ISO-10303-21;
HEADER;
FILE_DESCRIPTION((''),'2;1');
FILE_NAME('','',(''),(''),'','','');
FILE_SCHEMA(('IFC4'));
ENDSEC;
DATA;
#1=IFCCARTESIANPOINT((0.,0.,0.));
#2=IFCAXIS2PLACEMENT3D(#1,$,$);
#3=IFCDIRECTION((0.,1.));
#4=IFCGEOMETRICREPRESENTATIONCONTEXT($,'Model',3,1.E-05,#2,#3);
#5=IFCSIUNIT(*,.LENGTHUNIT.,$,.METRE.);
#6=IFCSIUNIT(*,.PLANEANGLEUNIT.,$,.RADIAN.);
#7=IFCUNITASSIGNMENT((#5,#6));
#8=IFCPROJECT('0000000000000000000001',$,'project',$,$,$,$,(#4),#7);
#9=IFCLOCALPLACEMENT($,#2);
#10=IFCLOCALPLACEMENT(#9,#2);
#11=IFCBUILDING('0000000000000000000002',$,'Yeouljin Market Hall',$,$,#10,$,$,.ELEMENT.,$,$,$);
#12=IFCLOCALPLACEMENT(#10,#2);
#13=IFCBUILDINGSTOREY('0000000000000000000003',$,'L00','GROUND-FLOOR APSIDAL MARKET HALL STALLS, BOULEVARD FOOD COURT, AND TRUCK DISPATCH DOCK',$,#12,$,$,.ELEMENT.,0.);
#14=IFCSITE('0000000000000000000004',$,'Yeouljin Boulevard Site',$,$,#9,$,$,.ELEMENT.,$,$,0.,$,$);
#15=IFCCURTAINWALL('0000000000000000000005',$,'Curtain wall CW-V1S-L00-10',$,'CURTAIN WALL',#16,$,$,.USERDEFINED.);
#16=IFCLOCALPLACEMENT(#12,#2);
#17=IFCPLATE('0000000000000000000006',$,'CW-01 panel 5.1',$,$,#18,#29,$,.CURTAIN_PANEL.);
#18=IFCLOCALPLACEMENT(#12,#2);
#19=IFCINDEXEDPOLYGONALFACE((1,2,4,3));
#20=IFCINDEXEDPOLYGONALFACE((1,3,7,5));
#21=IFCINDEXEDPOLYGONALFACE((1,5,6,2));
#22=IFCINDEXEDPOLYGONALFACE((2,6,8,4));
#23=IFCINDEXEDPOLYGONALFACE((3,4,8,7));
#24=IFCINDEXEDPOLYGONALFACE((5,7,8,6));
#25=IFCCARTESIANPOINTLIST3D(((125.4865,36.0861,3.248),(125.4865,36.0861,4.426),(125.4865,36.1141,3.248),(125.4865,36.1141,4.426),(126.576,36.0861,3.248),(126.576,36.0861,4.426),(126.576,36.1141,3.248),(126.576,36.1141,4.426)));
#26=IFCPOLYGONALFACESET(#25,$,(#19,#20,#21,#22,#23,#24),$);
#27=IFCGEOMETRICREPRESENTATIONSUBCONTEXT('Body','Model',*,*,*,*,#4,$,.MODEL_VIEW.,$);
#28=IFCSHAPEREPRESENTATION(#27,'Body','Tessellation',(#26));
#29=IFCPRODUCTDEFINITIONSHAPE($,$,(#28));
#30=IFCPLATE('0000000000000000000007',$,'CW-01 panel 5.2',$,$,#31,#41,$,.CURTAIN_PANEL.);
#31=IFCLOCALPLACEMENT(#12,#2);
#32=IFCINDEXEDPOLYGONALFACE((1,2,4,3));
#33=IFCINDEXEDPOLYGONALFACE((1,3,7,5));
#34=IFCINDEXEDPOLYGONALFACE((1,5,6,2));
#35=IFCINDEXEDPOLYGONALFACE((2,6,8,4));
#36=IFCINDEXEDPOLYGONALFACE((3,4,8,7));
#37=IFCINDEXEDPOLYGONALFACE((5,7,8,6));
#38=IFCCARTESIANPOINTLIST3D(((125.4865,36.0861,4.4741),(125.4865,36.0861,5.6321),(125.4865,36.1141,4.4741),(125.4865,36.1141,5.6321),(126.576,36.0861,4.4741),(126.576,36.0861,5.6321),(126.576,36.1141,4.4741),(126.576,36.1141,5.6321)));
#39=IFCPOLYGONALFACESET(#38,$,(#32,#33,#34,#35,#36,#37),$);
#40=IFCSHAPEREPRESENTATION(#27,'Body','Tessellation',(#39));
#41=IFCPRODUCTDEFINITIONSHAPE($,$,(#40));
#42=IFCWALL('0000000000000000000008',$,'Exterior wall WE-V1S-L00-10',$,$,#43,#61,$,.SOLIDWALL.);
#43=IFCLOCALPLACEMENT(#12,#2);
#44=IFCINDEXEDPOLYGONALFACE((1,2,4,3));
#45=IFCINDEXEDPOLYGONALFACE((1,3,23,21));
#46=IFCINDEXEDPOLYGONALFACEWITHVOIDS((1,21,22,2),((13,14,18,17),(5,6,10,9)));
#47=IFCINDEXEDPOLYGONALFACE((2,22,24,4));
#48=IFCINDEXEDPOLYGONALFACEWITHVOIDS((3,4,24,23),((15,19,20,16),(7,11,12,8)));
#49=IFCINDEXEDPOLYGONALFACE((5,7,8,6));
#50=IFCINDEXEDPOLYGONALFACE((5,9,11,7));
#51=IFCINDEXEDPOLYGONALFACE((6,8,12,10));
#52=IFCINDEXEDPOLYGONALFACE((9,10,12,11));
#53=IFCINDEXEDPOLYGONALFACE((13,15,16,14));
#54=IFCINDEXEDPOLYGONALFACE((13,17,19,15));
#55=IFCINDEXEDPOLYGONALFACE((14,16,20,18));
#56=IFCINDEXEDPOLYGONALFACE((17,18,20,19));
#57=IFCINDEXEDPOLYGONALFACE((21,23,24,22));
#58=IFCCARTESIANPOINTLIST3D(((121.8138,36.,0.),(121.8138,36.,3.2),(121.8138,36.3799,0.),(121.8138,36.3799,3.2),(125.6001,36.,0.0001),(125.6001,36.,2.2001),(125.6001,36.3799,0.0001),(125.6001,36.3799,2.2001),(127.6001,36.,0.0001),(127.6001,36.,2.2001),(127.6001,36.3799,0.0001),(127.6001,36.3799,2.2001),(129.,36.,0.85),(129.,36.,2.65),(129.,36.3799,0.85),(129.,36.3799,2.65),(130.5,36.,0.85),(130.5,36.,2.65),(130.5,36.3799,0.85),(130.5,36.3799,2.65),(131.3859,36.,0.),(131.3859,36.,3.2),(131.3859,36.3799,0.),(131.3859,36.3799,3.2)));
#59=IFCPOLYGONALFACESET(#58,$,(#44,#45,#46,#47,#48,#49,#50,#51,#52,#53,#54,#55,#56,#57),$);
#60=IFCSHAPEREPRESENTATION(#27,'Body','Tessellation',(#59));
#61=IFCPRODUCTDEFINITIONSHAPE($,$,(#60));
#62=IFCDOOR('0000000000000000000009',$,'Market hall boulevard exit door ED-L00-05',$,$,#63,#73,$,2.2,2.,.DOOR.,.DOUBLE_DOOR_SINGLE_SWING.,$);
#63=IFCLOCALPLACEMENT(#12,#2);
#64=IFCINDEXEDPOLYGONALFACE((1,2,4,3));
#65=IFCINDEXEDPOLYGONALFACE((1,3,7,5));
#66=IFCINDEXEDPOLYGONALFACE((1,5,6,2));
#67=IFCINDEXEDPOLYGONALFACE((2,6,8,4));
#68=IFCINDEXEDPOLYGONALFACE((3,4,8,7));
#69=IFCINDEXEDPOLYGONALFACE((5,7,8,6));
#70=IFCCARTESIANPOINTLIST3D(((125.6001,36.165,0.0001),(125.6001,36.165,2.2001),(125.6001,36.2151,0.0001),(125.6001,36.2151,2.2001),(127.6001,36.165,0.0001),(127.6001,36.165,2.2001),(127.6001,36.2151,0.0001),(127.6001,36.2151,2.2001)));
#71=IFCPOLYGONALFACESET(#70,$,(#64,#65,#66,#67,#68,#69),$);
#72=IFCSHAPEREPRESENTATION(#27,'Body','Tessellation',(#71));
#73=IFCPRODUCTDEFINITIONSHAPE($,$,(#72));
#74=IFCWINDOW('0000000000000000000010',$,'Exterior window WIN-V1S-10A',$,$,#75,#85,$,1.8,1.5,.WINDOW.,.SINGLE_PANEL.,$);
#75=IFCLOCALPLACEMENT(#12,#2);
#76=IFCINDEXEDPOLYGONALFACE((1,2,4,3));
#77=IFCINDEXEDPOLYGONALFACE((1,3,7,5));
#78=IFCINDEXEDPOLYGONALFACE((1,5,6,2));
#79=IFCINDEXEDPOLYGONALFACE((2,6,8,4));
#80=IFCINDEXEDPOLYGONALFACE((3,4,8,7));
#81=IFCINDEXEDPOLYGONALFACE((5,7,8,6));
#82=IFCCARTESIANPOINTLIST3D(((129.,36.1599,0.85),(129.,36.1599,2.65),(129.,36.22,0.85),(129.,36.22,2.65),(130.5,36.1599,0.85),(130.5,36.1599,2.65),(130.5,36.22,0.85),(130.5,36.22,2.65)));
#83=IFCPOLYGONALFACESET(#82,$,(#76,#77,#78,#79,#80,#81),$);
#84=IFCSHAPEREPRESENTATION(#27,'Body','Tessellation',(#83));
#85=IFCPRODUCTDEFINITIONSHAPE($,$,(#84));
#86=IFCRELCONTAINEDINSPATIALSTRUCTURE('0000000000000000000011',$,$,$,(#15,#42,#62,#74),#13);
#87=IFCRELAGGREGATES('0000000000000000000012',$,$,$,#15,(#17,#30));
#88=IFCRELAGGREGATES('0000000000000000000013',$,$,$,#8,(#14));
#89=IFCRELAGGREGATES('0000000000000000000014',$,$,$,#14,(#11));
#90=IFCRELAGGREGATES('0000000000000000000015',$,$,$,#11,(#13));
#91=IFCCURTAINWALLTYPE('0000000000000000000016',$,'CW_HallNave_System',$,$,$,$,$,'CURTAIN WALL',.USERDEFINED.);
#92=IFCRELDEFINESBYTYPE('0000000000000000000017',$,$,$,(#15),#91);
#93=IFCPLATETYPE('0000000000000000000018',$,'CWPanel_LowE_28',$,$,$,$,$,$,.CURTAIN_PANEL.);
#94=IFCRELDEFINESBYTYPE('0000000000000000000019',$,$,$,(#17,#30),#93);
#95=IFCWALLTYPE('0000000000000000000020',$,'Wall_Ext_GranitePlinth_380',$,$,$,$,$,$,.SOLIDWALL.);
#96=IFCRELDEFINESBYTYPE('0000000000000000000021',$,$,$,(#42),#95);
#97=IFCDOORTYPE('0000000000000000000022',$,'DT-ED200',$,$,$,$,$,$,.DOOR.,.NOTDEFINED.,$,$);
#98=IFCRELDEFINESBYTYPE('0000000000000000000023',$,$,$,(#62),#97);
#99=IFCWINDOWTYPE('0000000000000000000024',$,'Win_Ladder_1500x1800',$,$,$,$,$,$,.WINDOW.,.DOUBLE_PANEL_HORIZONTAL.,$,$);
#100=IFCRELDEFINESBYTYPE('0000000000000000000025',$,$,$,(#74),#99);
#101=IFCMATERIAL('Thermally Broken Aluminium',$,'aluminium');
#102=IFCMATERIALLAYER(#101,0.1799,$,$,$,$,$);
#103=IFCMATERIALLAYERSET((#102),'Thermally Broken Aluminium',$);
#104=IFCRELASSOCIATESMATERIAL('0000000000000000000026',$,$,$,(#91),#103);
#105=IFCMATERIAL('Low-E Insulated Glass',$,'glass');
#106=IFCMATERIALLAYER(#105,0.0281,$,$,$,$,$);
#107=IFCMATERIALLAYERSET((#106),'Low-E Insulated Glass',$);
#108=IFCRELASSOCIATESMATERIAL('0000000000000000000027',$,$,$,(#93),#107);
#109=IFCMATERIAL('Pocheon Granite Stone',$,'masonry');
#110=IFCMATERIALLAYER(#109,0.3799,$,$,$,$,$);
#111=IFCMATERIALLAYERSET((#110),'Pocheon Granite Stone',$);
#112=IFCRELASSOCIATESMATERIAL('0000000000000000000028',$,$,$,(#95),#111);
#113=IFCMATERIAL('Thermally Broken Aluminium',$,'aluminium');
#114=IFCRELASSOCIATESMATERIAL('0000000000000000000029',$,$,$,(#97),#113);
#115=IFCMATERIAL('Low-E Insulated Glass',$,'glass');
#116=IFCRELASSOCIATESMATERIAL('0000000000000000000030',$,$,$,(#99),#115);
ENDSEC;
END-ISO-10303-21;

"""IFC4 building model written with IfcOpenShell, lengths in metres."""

from ifc_helpers import new_model, si_unit, direction, frame, frame_2d, origin, origin_2d, place, context, subcontext, project, spatial, rectangle, extrude, material, layer, layer_set, type_object, element, fill, aggregate, save


model = new_model("IFC4")

# Units and contexts
model_context = context("Model", 3, precision=1e-05, world=origin(), true_north=direction((0.0, 1.0)))
body_context = subcontext(model_context, "Body", "Model", "MODEL_VIEW")
ifc_project = project(units=[si_unit("LENGTHUNIT", "METRE"), si_unit("PLANEANGLEUNIT", "RADIAN")], contexts=[model_context])

# Site, building, storey
site_placement = place(None, origin())
site = spatial("IfcSite", under=ifc_project, at=site_placement, Name="Yeouljin Boulevard Site", CompositionType="ELEMENT", RefElevation=0.0)
building_placement = place(site_placement, origin())
building = spatial("IfcBuilding", under=site, at=building_placement, Name="Yeouljin Market Hall", CompositionType="ELEMENT")
storey_placement = place(building_placement, origin())
storey = spatial("IfcBuildingStorey", under=building, at=storey_placement, Name="L00", Description="GROUND-FLOOR APSIDAL MARKET HALL STALLS, BOULEVARD FOOD COURT, AND TRUCK DISPATCH DOCK", CompositionType="ELEMENT", Elevation=0.0)

# Curtain wall, plates
ifc_material_1 = material(Name="Thermally Broken Aluminium", Category="aluminium")
ifc_layer_1 = layer(ifc_material_1, 0.1799)
ifc_layer_set_1 = layer_set([ifc_layer_1], Name="Thermally Broken Aluminium")
curtain_wall_type = type_object("IfcCurtainWallType", Name="CW_HallNave_System", ElementType="CURTAIN WALL", PredefinedType="USERDEFINED", material=ifc_layer_set_1)
curtain_wall_placement = place(storey_placement, origin())
curtain_wall = element("IfcCurtainWall", 1, at=curtain_wall_placement, inside=storey, type_object=curtain_wall_type, Name="Curtain wall CW-V1S-L00-10", ObjectType="CURTAIN WALL", PredefinedType="USERDEFINED")
ifc_material_2 = material(Name="Low-E Insulated Glass", Category="glass")
ifc_layer_2 = layer(ifc_material_2, 0.0281)
ifc_layer_set_2 = layer_set([ifc_layer_2], Name="Low-E Insulated Glass")
plate_type = type_object("IfcPlateType", Name="CWPanel_LowE_28", PredefinedType="CURTAIN_PANEL", material=ifc_layer_set_2)
plate_1_placement = place(storey_placement, frame((126.0312, 36.1001, 3.248), z_axis=(0.0, 0.0, 1.0), x_axis=(-1.0, 0.0, 0.0)))
plate_1 = element("IfcPlate", 2, at=plate_1_placement, type_object=plate_type, Name="CW-01 panel 5.1", PredefinedType="CURTAIN_PANEL", context=body_context, shape_type="SweptSolid", body=[
    extrude(rectangle(XDim=1.0896, YDim=0.0281, at=origin_2d()), origin(), (0.0, 0.0, 1.0), 1.178),
])
plate_2_placement = place(storey_placement, frame((126.0312, 36.1001, 4.4741), z_axis=(0.0, 0.0, 1.0), x_axis=(-1.0, 0.0, 0.0)))
plate_2 = element("IfcPlate", 3, at=plate_2_placement, type_object=plate_type, Name="CW-01 panel 5.2", PredefinedType="CURTAIN_PANEL", context=body_context, shape_type="SweptSolid", body=[
    extrude(rectangle(XDim=1.0896, YDim=0.0281, at=origin_2d()), origin(), (0.0, 0.0, 1.0), 1.158),
])
aggregate(curtain_wall, [plate_1, plate_2])

# Wall, openings, door, window
ifc_material_3 = material(Name="Pocheon Granite Stone", Category="masonry")
ifc_layer_3 = layer(ifc_material_3, 0.3799)
ifc_layer_set_3 = layer_set([ifc_layer_3], Name="Pocheon Granite Stone")
wall_type = type_object("IfcWallType", Name="Wall_Ext_GranitePlinth_380", PredefinedType="SOLIDWALL", material=ifc_layer_set_3)
wall_placement = place(storey_placement, frame((131.386, 36.1899, 0.0), z_axis=(0.0, 0.0, 1.0), x_axis=(-1.0, 0.0, 0.0)))
wall = element("IfcWall", 4, at=wall_placement, inside=storey, type_object=wall_type, Name="Exterior wall WE-V1S-L00-10", PredefinedType="SOLIDWALL", context=body_context, shape_type="SweptSolid", body=[
    extrude(rectangle(XDim=9.572, YDim=0.3799, at=frame_2d((4.7861, 0.0))), origin(), (0.0, 0.0, 1.0), 3.2),
])
opening_1_placement = place(wall_placement, frame((3.7859, 0.0, 0.0)))
opening_1 = element("IfcOpeningElement", 5, at=opening_1_placement, cuts=wall, PredefinedType="OPENING", context=body_context, shape_type="SweptSolid", body=[
    extrude(rectangle(XDim=2.0, YDim=2.2, at=frame_2d((1.0, 1.1001))), frame((0.0, 0.2, 0.0), z_axis=(0.0, -1.0, 0.0), x_axis=(1.0, 0.0, 0.0)), (0.0, 0.0, 1.0), 0.3999),
])
opening_2_placement = place(wall_placement, frame((0.886, 0.0, 0.8501)))
opening_2 = element("IfcOpeningElement", 6, at=opening_2_placement, cuts=wall, PredefinedType="OPENING", context=body_context, shape_type="SweptSolid", body=[
    extrude(rectangle(XDim=1.5, YDim=1.8, at=frame_2d((0.75, 0.8999))), frame((0.0, 0.2, 0.0), z_axis=(0.0, -1.0, 0.0), x_axis=(1.0, 0.0, 0.0)), (0.0, 0.0, 1.0), 0.3999),
])
ifc_material_4 = material(Name="Thermally Broken Aluminium", Category="aluminium")
door_type = type_object("IfcDoorType", Name="DT-ED200", OperationType="NOTDEFINED", PredefinedType="DOOR", material=ifc_material_4)
door_placement = place(opening_1_placement, origin())
door = element("IfcDoor", 7, at=door_placement, inside=storey, type_object=door_type, Name="Market hall boulevard exit door ED-L00-05", OperationType="DOUBLE_DOOR_SINGLE_SWING", OverallHeight=2.2, OverallWidth=2.0, PredefinedType="DOOR", context=body_context, shape_type="SweptSolid", body=[
    extrude(rectangle(XDim=2.0, YDim=2.2, at=frame_2d((1.0, 1.1001))), frame((0.0, 0.0249, 0.0), z_axis=(0.0, -1.0, 0.0), x_axis=(1.0, 0.0, 0.0)), (0.0, 0.0, 1.0), 0.05),
])
fill(opening_1, door)
ifc_material_5 = material(Name="Low-E Insulated Glass", Category="glass")
window_type = type_object("IfcWindowType", Name="Win_Ladder_1500x1800", PartitioningType="DOUBLE_PANEL_HORIZONTAL", PredefinedType="WINDOW", material=ifc_material_5)
window_placement = place(opening_2_placement, origin())
window = element("IfcWindow", 8, at=window_placement, inside=storey, type_object=window_type, Name="Exterior window WIN-V1S-10A", OverallHeight=1.8, OverallWidth=1.5, PartitioningType="SINGLE_PANEL", PredefinedType="WINDOW", context=body_context, shape_type="SweptSolid", body=[
    extrude(rectangle(XDim=1.5, YDim=1.8, at=frame_2d((0.75, 0.8999))), frame((0.0, 0.03, 0.0), z_axis=(0.0, -1.0, 0.0), x_axis=(1.0, 0.0, 0.0)), (0.0, 0.0, 1.0), 0.0601),
])
fill(opening_2, window)

save(model, "model.ifc")
